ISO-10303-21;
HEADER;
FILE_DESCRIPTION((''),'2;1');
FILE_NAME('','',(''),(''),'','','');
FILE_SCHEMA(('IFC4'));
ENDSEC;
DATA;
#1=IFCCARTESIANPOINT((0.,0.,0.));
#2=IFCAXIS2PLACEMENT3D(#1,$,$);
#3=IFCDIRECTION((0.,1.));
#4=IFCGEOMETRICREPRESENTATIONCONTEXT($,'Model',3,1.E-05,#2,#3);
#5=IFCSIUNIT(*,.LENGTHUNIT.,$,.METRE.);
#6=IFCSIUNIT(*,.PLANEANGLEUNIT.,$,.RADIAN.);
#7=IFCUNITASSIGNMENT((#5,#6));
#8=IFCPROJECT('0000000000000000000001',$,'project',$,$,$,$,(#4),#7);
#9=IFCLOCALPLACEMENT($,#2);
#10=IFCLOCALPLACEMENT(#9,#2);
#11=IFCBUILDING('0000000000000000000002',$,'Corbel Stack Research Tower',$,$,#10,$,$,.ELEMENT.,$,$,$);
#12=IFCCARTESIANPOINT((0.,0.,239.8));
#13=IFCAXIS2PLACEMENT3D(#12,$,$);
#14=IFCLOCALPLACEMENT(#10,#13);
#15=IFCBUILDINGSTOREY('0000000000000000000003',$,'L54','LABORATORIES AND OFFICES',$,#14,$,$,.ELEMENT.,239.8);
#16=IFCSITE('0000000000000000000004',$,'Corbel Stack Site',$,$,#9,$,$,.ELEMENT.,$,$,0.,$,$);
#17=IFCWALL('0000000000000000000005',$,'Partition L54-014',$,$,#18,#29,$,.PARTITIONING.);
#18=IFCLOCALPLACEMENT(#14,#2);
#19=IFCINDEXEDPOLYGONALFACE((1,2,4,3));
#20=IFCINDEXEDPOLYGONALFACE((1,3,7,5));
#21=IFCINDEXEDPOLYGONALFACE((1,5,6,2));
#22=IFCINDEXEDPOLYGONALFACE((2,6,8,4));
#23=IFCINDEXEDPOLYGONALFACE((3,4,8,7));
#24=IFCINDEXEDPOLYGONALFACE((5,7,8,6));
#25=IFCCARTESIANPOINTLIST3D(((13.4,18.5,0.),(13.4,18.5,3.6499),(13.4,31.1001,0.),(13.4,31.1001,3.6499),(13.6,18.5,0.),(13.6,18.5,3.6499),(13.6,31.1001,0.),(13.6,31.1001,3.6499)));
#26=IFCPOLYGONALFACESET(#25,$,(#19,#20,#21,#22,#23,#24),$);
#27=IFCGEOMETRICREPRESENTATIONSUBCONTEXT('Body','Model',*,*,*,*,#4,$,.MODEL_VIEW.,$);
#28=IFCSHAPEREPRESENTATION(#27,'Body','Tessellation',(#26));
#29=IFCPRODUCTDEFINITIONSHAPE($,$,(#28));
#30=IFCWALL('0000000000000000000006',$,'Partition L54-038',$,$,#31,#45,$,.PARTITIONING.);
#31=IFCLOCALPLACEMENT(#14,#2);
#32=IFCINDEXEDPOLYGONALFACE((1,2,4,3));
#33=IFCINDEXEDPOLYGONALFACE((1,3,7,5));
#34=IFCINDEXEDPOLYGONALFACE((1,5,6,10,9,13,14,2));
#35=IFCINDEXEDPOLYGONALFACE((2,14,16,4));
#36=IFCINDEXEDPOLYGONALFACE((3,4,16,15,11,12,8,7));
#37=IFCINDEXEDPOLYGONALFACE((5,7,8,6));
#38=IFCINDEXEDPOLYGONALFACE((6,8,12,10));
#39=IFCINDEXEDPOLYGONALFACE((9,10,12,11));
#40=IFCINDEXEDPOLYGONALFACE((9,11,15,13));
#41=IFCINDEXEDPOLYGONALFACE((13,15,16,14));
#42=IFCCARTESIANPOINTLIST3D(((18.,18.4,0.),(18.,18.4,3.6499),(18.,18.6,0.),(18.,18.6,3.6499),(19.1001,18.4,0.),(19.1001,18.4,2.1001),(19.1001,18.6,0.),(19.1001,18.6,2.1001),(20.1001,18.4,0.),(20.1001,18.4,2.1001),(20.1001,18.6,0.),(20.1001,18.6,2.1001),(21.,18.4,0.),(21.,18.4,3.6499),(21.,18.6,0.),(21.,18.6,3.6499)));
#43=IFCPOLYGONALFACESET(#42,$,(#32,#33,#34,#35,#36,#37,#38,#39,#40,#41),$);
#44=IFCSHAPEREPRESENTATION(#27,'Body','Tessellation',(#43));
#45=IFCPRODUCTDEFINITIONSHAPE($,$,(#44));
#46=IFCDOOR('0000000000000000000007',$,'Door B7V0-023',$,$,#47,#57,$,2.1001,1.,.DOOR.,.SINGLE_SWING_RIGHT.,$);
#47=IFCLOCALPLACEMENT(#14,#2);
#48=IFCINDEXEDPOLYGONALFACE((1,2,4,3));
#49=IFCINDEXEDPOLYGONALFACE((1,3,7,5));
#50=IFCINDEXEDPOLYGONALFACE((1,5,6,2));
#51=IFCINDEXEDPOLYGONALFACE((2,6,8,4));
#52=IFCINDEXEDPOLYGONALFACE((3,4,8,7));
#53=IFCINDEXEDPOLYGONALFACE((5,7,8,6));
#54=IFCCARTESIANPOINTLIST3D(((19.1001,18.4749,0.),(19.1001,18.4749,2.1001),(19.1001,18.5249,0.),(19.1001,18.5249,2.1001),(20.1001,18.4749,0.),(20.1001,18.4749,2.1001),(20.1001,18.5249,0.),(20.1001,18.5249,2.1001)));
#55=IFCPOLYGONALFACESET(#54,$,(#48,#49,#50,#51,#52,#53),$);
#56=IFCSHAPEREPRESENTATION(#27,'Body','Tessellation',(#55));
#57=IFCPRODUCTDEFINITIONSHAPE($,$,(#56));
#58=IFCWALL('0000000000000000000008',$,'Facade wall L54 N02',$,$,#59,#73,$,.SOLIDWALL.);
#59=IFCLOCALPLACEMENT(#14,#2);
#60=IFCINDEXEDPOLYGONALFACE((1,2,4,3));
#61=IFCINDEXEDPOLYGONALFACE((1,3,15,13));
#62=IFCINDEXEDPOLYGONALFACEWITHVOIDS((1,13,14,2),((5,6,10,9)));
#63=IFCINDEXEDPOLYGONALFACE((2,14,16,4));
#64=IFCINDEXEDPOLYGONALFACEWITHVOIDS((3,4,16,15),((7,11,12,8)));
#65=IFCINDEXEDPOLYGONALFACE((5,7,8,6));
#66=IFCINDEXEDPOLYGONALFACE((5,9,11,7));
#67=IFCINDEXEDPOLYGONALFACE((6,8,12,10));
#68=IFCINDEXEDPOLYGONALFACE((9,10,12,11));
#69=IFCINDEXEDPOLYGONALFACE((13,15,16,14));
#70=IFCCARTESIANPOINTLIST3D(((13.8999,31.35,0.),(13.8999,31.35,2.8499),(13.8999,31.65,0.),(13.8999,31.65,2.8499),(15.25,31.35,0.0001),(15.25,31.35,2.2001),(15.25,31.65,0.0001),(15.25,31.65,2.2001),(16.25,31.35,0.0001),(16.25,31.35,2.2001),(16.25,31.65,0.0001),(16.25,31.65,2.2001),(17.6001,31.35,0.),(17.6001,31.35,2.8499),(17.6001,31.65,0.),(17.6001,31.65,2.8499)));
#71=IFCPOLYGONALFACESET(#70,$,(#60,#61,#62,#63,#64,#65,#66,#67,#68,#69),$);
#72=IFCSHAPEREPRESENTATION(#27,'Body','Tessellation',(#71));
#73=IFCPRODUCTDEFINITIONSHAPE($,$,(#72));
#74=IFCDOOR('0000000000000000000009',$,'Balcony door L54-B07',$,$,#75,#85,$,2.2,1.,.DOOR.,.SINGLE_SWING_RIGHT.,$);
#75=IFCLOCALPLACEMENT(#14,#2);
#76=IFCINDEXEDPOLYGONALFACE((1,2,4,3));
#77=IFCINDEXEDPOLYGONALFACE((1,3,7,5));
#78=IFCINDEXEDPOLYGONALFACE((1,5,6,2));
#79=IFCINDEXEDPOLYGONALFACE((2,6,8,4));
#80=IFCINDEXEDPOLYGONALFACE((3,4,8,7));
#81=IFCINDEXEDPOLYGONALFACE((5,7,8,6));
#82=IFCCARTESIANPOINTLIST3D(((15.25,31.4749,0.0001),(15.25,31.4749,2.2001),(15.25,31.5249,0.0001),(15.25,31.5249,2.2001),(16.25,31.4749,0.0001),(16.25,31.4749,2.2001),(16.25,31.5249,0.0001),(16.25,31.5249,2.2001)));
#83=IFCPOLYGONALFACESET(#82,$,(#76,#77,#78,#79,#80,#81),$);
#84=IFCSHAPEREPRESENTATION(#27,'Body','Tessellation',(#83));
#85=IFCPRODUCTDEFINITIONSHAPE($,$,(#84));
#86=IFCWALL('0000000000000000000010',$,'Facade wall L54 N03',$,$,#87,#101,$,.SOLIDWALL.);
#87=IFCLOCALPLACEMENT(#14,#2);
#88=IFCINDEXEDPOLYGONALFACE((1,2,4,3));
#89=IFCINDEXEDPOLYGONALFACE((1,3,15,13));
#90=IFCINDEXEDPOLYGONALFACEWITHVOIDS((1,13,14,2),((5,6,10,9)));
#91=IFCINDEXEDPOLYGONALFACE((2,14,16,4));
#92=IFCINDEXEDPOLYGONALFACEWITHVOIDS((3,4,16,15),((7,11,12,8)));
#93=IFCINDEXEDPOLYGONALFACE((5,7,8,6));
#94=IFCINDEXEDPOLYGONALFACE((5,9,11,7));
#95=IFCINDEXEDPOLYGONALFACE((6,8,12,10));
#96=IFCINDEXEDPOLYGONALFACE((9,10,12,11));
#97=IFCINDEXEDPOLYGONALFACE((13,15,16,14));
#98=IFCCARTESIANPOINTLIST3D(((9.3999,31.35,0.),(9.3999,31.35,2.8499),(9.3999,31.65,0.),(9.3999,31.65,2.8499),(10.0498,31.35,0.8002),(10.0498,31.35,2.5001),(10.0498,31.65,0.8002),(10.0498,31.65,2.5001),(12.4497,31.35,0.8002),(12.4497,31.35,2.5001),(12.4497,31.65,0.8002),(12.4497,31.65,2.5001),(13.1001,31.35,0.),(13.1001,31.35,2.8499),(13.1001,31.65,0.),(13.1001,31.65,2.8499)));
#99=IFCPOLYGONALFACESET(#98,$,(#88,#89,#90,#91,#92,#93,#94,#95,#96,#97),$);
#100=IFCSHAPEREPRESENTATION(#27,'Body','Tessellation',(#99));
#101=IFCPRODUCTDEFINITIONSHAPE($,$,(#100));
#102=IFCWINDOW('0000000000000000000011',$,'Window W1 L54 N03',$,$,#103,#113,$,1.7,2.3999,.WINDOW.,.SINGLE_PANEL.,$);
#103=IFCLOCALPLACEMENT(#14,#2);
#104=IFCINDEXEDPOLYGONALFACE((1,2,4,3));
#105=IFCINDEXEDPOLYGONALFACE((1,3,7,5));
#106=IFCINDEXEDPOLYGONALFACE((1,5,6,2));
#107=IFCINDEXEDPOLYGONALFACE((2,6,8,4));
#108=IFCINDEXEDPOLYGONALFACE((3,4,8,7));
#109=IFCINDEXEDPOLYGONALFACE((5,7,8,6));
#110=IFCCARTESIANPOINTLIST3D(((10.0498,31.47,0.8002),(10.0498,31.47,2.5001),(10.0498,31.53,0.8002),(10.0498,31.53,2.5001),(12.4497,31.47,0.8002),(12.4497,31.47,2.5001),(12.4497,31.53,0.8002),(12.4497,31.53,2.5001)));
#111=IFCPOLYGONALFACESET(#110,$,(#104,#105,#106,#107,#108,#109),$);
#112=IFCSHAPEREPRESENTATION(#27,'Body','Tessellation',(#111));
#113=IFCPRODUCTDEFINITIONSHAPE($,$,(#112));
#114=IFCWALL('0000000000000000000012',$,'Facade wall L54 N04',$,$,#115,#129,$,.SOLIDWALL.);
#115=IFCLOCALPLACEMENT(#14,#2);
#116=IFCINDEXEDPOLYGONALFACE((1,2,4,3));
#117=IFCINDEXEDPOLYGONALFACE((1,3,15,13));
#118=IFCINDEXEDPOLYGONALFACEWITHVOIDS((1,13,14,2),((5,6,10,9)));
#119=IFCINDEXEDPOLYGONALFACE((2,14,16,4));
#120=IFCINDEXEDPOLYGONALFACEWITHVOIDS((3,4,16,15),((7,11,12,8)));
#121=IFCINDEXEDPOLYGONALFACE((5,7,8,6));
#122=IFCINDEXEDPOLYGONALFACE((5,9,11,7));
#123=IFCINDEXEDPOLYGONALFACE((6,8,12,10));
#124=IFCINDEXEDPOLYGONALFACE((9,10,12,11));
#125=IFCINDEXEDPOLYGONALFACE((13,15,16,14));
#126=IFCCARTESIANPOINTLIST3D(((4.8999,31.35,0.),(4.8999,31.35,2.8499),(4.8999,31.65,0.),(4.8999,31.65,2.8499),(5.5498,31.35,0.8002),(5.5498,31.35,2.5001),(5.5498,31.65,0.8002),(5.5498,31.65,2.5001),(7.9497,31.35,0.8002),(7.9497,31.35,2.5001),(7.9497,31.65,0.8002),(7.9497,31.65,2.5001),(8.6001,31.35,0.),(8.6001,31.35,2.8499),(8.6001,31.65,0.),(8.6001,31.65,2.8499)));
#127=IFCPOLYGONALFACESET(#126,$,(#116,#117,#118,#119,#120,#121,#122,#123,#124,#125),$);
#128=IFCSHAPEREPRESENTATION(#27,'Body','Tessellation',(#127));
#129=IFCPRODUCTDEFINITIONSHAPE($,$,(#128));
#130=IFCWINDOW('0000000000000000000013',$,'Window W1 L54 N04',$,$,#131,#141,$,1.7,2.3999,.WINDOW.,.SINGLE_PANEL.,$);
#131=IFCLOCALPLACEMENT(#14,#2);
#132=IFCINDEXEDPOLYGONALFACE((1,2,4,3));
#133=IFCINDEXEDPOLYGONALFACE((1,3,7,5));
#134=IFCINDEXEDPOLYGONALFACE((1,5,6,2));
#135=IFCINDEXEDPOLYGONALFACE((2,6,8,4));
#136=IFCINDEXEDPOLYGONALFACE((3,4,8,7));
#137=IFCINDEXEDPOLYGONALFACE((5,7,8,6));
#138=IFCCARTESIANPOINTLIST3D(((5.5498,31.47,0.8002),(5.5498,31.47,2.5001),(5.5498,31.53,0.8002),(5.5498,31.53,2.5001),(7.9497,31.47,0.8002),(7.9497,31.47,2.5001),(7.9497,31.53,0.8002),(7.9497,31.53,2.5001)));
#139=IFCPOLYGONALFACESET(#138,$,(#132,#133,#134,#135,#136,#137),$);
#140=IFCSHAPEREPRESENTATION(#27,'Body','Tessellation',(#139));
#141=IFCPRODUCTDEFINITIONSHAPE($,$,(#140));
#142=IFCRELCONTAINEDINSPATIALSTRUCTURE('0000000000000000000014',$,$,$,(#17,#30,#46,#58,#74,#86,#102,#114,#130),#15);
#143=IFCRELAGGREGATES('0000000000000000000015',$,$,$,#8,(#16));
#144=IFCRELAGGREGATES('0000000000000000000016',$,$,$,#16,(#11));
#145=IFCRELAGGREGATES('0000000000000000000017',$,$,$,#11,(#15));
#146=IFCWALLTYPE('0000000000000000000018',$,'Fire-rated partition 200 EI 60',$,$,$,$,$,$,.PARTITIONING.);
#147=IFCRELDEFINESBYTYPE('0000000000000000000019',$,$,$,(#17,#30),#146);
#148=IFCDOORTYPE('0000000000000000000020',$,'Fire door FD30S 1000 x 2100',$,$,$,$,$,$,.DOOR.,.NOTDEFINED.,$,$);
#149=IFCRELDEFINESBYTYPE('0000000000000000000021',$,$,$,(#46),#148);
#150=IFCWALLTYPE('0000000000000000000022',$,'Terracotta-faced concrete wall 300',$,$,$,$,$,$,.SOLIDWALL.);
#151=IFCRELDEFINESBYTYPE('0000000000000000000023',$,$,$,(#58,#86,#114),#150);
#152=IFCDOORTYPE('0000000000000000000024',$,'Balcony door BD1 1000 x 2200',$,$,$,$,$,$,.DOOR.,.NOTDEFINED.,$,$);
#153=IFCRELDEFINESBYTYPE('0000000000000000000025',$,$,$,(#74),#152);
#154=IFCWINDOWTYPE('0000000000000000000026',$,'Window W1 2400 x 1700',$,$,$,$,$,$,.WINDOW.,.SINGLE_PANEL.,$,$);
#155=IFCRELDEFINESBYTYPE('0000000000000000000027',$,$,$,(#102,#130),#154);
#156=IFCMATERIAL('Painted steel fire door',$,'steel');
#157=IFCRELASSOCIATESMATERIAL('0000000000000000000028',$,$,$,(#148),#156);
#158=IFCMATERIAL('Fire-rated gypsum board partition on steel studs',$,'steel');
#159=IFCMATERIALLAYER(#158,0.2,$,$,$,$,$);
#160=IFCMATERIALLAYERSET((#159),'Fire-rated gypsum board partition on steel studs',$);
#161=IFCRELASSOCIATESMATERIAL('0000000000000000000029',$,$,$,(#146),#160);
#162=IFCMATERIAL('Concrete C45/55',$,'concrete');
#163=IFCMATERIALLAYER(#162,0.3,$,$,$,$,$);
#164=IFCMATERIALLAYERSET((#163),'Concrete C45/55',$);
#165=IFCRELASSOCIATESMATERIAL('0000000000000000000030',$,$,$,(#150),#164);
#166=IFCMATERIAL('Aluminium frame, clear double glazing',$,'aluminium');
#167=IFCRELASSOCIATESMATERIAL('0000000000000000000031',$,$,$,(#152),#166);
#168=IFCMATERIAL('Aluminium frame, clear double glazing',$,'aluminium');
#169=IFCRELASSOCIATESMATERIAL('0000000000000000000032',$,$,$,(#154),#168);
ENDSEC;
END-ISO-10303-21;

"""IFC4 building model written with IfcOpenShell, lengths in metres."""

from ifc_helpers import new_model, si_unit, direction, frame, frame_2d, origin, place, context, subcontext, project, spatial, rectangle, extrude, material, layer, layer_set, type_object, element, fill, save


model = new_model("IFC4")

# Units and contexts
model_context = context("Model", 3, precision=1e-05, world=origin(), true_north=direction((0.0, 1.0)))
body_context = subcontext(model_context, "Body", "Model", "MODEL_VIEW")
ifc_project = project(units=[si_unit("LENGTHUNIT", "METRE"), si_unit("PLANEANGLEUNIT", "RADIAN")], contexts=[model_context])

# Site, building, storey
site_placement = place(None, origin())
site = spatial("IfcSite", under=ifc_project, at=site_placement, Name="Corbel Stack Site", CompositionType="ELEMENT", RefElevation=0.0)
building_placement = place(site_placement, origin())
building = spatial("IfcBuilding", under=site, at=building_placement, Name="Corbel Stack Research Tower", CompositionType="ELEMENT")
storey_placement = place(building_placement, frame((0.0, 0.0, 239.8)))
storey = spatial("IfcBuildingStorey", under=building, at=storey_placement, Name="L54", Description="LABORATORIES AND OFFICES", CompositionType="ELEMENT", Elevation=239.8)

# Shared definitions
ifc_material_1 = material(Name="Painted steel fire door", Category="steel")
door_type_1 = type_object("IfcDoorType", Name="Fire door FD30S 1000 x 2100", OperationType="NOTDEFINED", PredefinedType="DOOR", material=ifc_material_1)

# Wall
ifc_material_2 = material(Name="Fire-rated gypsum board partition on steel studs", Category="steel")
ifc_layer_1 = layer(ifc_material_2, 0.2)
ifc_layer_set_1 = layer_set([ifc_layer_1], Name="Fire-rated gypsum board partition on steel studs")
wall_type_1 = type_object("IfcWallType", Name="Fire-rated partition 200 EI 60", PredefinedType="PARTITIONING", material=ifc_layer_set_1)
wall_1_placement = place(storey_placement, frame((13.5, 18.5, 0.0), z_axis=(0.0, 0.0, 1.0), x_axis=(0.0, 1.0, 0.0)))
element("IfcWall", 1, at=wall_1_placement, inside=storey, type_object=wall_type_1, Name="Partition L54-014", PredefinedType="PARTITIONING", context=body_context, shape_type="SweptSolid", body=[
    extrude(rectangle(XDim=12.6001, YDim=0.2, at=frame_2d((6.3, 0.0))), origin(), (0.0, 0.0, 1.0), 3.6499),
])

# Walls, openings, doors
wall_2_placement = place(storey_placement, frame((18.0, 18.5, 0.0), z_axis=(0.0, 0.0, 1.0), x_axis=(1.0, 0.0, 0.0)))
wall_2 = element("IfcWall", 2, at=wall_2_placement, inside=storey, type_object=wall_type_1, Name="Partition L54-038", PredefinedType="PARTITIONING", context=body_context, shape_type="SweptSolid", body=[
    extrude(rectangle(XDim=3.0, YDim=0.2, at=frame_2d((1.5, 0.0))), origin(), (0.0, 0.0, 1.0), 3.6499),
])
opening_1_placement = place(wall_2_placement, frame((1.1001, 0.0, 0.0)))
opening_1 = element("IfcOpeningElement", 3, at=opening_1_placement, cuts=wall_2, PredefinedType="OPENING", context=body_context, shape_type="SweptSolid", body=[
    extrude(rectangle(XDim=1.0, YDim=2.1001, at=frame_2d((0.5, 1.05))), frame((0.0, 0.1099, 0.0), z_axis=(0.0, -1.0, 0.0), x_axis=(1.0, 0.0, 0.0)), (0.0, 0.0, 1.0), 0.22),
])
door_1_placement = place(opening_1_placement, origin())
door_1 = element("IfcDoor", 4, at=door_1_placement, inside=storey, type_object=door_type_1, Name="Door B7V0-023", OperationType="SINGLE_SWING_RIGHT", OverallHeight=2.1001, OverallWidth=1.0, PredefinedType="DOOR", context=body_context, shape_type="SweptSolid", body=[
    extrude(rectangle(XDim=1.0, YDim=2.1001, at=frame_2d((0.5, 1.05))), frame((0.0, 0.0249, 0.0), z_axis=(0.0, -1.0, 0.0), x_axis=(1.0, 0.0, 0.0)), (0.0, 0.0, 1.0), 0.05),
])
fill(opening_1, door_1)
ifc_material_3 = material(Name="Concrete C45/55", Category="concrete")
ifc_layer_2 = layer(ifc_material_3, 0.3)
ifc_layer_set_2 = layer_set([ifc_layer_2], Name="Concrete C45/55")
wall_type_2 = type_object("IfcWallType", Name="Terracotta-faced concrete wall 300", PredefinedType="SOLIDWALL", material=ifc_layer_set_2)
wall_3_placement = place(storey_placement, frame((13.8999, 31.5, 0.0), z_axis=(0.0, 0.0, 1.0), x_axis=(1.0, 0.0, 0.0)))
wall_3 = element("IfcWall", 5, at=wall_3_placement, inside=storey, type_object=wall_type_2, Name="Facade wall L54 N02", PredefinedType="SOLIDWALL", context=body_context, shape_type="SweptSolid", body=[
    extrude(rectangle(XDim=3.7002, YDim=0.3, at=frame_2d((1.8501, 0.0))), origin(), (0.0, 0.0, 1.0), 2.8499),
])
opening_2_placement = place(wall_3_placement, frame((1.3501, 0.0, 0.0)))
opening_2 = element("IfcOpeningElement", 6, at=opening_2_placement, cuts=wall_3, PredefinedType="OPENING", context=body_context, shape_type="SweptSolid", body=[
    extrude(rectangle(XDim=1.0, YDim=2.2, at=frame_2d((0.5, 1.1001))), frame((0.0, 0.1599, 0.0), z_axis=(0.0, -1.0, 0.0), x_axis=(1.0, 0.0, 0.0)), (0.0, 0.0, 1.0), 0.3201),
])
ifc_material_4 = material(Name="Aluminium frame, clear double glazing", Category="aluminium")
door_type_2 = type_object("IfcDoorType", Name="Balcony door BD1 1000 x 2200", OperationType="NOTDEFINED", PredefinedType="DOOR", material=ifc_material_4)
door_2_placement = place(opening_2_placement, origin())
door_2 = element("IfcDoor", 7, at=door_2_placement, inside=storey, type_object=door_type_2, Name="Balcony door L54-B07", OperationType="SINGLE_SWING_RIGHT", OverallHeight=2.2, OverallWidth=1.0, PredefinedType="DOOR", context=body_context, shape_type="SweptSolid", body=[
    extrude(rectangle(XDim=1.0, YDim=2.2, at=frame_2d((0.5, 1.1001))), frame((0.0, 0.0249, 0.0), z_axis=(0.0, -1.0, 0.0), x_axis=(1.0, 0.0, 0.0)), (0.0, 0.0, 1.0), 0.05),
])
fill(opening_2, door_2)

# Walls, openings, windows
wall_4_placement = place(storey_placement, frame((9.3999, 31.5, 0.0), z_axis=(0.0, 0.0, 1.0), x_axis=(1.0, 0.0, 0.0)))
wall_4 = element("IfcWall", 8, at=wall_4_placement, inside=storey, type_object=wall_type_2, Name="Facade wall L54 N03", PredefinedType="SOLIDWALL", context=body_context, shape_type="SweptSolid", body=[
    extrude(rectangle(XDim=3.7002, YDim=0.3, at=frame_2d((1.8501, 0.0))), origin(), (0.0, 0.0, 1.0), 2.8499),
])
opening_3_placement = place(wall_4_placement, frame((0.6499, 0.0, 0.8)))
opening_3 = element("IfcOpeningElement", 9, at=opening_3_placement, cuts=wall_4, PredefinedType="OPENING", context=body_context, shape_type="SweptSolid", body=[
    extrude(rectangle(XDim=2.3999, YDim=1.7, at=frame_2d((1.2, 0.8501))), frame((0.0, 0.1599, 0.0), z_axis=(0.0, -1.0, 0.0), x_axis=(1.0, 0.0, 0.0)), (0.0, 0.0, 1.0), 0.3201),
])
ifc_material_5 = material(Name="Aluminium frame, clear double glazing", Category="aluminium")
window_type = type_object("IfcWindowType", Name="Window W1 2400 x 1700", PartitioningType="SINGLE_PANEL", PredefinedType="WINDOW", material=ifc_material_5)
window_1_placement = place(opening_3_placement, origin())
window_1 = element("IfcWindow", 10, at=window_1_placement, inside=storey, type_object=window_type, Name="Window W1 L54 N03", OverallHeight=1.7, OverallWidth=2.3999, PartitioningType="SINGLE_PANEL", PredefinedType="WINDOW", context=body_context, shape_type="SweptSolid", body=[
    extrude(rectangle(XDim=2.3999, YDim=1.7, at=frame_2d((1.2, 0.8501))), frame((0.0, 0.03, 0.0), z_axis=(0.0, -1.0, 0.0), x_axis=(1.0, 0.0, 0.0)), (0.0, 0.0, 1.0), 0.0601),
])
fill(opening_3, window_1)
wall_5_placement = place(storey_placement, frame((4.8999, 31.5, 0.0), z_axis=(0.0, 0.0, 1.0), x_axis=(1.0, 0.0, 0.0)))
wall_5 = element("IfcWall", 11, at=wall_5_placement, inside=storey, type_object=wall_type_2, Name="Facade wall L54 N04", PredefinedType="SOLIDWALL", context=body_context, shape_type="SweptSolid", body=[
    extrude(rectangle(XDim=3.7002, YDim=0.3, at=frame_2d((1.8501, 0.0))), origin(), (0.0, 0.0, 1.0), 2.8499),
])
opening_4_placement = place(wall_5_placement, frame((0.6499, 0.0, 0.8)))
opening_4 = element("IfcOpeningElement", 12, at=opening_4_placement, cuts=wall_5, PredefinedType="OPENING", context=body_context, shape_type="SweptSolid", body=[
    extrude(rectangle(XDim=2.3999, YDim=1.7, at=frame_2d((1.2, 0.8501))), frame((0.0, 0.1599, 0.0), z_axis=(0.0, -1.0, 0.0), x_axis=(1.0, 0.0, 0.0)), (0.0, 0.0, 1.0), 0.3201),
])
window_2_placement = place(opening_4_placement, origin())
window_2 = element("IfcWindow", 13, at=window_2_placement, inside=storey, type_object=window_type, Name="Window W1 L54 N04", OverallHeight=1.7, OverallWidth=2.3999, PartitioningType="SINGLE_PANEL", PredefinedType="WINDOW", context=body_context, shape_type="SweptSolid", body=[
    extrude(rectangle(XDim=2.3999, YDim=1.7, at=frame_2d((1.2, 0.8501))), frame((0.0, 0.03, 0.0), z_axis=(0.0, -1.0, 0.0), x_axis=(1.0, 0.0, 0.0)), (0.0, 0.0, 1.0), 0.0601),
])
fill(opening_4, window_2)

save(model, "model.ifc")
